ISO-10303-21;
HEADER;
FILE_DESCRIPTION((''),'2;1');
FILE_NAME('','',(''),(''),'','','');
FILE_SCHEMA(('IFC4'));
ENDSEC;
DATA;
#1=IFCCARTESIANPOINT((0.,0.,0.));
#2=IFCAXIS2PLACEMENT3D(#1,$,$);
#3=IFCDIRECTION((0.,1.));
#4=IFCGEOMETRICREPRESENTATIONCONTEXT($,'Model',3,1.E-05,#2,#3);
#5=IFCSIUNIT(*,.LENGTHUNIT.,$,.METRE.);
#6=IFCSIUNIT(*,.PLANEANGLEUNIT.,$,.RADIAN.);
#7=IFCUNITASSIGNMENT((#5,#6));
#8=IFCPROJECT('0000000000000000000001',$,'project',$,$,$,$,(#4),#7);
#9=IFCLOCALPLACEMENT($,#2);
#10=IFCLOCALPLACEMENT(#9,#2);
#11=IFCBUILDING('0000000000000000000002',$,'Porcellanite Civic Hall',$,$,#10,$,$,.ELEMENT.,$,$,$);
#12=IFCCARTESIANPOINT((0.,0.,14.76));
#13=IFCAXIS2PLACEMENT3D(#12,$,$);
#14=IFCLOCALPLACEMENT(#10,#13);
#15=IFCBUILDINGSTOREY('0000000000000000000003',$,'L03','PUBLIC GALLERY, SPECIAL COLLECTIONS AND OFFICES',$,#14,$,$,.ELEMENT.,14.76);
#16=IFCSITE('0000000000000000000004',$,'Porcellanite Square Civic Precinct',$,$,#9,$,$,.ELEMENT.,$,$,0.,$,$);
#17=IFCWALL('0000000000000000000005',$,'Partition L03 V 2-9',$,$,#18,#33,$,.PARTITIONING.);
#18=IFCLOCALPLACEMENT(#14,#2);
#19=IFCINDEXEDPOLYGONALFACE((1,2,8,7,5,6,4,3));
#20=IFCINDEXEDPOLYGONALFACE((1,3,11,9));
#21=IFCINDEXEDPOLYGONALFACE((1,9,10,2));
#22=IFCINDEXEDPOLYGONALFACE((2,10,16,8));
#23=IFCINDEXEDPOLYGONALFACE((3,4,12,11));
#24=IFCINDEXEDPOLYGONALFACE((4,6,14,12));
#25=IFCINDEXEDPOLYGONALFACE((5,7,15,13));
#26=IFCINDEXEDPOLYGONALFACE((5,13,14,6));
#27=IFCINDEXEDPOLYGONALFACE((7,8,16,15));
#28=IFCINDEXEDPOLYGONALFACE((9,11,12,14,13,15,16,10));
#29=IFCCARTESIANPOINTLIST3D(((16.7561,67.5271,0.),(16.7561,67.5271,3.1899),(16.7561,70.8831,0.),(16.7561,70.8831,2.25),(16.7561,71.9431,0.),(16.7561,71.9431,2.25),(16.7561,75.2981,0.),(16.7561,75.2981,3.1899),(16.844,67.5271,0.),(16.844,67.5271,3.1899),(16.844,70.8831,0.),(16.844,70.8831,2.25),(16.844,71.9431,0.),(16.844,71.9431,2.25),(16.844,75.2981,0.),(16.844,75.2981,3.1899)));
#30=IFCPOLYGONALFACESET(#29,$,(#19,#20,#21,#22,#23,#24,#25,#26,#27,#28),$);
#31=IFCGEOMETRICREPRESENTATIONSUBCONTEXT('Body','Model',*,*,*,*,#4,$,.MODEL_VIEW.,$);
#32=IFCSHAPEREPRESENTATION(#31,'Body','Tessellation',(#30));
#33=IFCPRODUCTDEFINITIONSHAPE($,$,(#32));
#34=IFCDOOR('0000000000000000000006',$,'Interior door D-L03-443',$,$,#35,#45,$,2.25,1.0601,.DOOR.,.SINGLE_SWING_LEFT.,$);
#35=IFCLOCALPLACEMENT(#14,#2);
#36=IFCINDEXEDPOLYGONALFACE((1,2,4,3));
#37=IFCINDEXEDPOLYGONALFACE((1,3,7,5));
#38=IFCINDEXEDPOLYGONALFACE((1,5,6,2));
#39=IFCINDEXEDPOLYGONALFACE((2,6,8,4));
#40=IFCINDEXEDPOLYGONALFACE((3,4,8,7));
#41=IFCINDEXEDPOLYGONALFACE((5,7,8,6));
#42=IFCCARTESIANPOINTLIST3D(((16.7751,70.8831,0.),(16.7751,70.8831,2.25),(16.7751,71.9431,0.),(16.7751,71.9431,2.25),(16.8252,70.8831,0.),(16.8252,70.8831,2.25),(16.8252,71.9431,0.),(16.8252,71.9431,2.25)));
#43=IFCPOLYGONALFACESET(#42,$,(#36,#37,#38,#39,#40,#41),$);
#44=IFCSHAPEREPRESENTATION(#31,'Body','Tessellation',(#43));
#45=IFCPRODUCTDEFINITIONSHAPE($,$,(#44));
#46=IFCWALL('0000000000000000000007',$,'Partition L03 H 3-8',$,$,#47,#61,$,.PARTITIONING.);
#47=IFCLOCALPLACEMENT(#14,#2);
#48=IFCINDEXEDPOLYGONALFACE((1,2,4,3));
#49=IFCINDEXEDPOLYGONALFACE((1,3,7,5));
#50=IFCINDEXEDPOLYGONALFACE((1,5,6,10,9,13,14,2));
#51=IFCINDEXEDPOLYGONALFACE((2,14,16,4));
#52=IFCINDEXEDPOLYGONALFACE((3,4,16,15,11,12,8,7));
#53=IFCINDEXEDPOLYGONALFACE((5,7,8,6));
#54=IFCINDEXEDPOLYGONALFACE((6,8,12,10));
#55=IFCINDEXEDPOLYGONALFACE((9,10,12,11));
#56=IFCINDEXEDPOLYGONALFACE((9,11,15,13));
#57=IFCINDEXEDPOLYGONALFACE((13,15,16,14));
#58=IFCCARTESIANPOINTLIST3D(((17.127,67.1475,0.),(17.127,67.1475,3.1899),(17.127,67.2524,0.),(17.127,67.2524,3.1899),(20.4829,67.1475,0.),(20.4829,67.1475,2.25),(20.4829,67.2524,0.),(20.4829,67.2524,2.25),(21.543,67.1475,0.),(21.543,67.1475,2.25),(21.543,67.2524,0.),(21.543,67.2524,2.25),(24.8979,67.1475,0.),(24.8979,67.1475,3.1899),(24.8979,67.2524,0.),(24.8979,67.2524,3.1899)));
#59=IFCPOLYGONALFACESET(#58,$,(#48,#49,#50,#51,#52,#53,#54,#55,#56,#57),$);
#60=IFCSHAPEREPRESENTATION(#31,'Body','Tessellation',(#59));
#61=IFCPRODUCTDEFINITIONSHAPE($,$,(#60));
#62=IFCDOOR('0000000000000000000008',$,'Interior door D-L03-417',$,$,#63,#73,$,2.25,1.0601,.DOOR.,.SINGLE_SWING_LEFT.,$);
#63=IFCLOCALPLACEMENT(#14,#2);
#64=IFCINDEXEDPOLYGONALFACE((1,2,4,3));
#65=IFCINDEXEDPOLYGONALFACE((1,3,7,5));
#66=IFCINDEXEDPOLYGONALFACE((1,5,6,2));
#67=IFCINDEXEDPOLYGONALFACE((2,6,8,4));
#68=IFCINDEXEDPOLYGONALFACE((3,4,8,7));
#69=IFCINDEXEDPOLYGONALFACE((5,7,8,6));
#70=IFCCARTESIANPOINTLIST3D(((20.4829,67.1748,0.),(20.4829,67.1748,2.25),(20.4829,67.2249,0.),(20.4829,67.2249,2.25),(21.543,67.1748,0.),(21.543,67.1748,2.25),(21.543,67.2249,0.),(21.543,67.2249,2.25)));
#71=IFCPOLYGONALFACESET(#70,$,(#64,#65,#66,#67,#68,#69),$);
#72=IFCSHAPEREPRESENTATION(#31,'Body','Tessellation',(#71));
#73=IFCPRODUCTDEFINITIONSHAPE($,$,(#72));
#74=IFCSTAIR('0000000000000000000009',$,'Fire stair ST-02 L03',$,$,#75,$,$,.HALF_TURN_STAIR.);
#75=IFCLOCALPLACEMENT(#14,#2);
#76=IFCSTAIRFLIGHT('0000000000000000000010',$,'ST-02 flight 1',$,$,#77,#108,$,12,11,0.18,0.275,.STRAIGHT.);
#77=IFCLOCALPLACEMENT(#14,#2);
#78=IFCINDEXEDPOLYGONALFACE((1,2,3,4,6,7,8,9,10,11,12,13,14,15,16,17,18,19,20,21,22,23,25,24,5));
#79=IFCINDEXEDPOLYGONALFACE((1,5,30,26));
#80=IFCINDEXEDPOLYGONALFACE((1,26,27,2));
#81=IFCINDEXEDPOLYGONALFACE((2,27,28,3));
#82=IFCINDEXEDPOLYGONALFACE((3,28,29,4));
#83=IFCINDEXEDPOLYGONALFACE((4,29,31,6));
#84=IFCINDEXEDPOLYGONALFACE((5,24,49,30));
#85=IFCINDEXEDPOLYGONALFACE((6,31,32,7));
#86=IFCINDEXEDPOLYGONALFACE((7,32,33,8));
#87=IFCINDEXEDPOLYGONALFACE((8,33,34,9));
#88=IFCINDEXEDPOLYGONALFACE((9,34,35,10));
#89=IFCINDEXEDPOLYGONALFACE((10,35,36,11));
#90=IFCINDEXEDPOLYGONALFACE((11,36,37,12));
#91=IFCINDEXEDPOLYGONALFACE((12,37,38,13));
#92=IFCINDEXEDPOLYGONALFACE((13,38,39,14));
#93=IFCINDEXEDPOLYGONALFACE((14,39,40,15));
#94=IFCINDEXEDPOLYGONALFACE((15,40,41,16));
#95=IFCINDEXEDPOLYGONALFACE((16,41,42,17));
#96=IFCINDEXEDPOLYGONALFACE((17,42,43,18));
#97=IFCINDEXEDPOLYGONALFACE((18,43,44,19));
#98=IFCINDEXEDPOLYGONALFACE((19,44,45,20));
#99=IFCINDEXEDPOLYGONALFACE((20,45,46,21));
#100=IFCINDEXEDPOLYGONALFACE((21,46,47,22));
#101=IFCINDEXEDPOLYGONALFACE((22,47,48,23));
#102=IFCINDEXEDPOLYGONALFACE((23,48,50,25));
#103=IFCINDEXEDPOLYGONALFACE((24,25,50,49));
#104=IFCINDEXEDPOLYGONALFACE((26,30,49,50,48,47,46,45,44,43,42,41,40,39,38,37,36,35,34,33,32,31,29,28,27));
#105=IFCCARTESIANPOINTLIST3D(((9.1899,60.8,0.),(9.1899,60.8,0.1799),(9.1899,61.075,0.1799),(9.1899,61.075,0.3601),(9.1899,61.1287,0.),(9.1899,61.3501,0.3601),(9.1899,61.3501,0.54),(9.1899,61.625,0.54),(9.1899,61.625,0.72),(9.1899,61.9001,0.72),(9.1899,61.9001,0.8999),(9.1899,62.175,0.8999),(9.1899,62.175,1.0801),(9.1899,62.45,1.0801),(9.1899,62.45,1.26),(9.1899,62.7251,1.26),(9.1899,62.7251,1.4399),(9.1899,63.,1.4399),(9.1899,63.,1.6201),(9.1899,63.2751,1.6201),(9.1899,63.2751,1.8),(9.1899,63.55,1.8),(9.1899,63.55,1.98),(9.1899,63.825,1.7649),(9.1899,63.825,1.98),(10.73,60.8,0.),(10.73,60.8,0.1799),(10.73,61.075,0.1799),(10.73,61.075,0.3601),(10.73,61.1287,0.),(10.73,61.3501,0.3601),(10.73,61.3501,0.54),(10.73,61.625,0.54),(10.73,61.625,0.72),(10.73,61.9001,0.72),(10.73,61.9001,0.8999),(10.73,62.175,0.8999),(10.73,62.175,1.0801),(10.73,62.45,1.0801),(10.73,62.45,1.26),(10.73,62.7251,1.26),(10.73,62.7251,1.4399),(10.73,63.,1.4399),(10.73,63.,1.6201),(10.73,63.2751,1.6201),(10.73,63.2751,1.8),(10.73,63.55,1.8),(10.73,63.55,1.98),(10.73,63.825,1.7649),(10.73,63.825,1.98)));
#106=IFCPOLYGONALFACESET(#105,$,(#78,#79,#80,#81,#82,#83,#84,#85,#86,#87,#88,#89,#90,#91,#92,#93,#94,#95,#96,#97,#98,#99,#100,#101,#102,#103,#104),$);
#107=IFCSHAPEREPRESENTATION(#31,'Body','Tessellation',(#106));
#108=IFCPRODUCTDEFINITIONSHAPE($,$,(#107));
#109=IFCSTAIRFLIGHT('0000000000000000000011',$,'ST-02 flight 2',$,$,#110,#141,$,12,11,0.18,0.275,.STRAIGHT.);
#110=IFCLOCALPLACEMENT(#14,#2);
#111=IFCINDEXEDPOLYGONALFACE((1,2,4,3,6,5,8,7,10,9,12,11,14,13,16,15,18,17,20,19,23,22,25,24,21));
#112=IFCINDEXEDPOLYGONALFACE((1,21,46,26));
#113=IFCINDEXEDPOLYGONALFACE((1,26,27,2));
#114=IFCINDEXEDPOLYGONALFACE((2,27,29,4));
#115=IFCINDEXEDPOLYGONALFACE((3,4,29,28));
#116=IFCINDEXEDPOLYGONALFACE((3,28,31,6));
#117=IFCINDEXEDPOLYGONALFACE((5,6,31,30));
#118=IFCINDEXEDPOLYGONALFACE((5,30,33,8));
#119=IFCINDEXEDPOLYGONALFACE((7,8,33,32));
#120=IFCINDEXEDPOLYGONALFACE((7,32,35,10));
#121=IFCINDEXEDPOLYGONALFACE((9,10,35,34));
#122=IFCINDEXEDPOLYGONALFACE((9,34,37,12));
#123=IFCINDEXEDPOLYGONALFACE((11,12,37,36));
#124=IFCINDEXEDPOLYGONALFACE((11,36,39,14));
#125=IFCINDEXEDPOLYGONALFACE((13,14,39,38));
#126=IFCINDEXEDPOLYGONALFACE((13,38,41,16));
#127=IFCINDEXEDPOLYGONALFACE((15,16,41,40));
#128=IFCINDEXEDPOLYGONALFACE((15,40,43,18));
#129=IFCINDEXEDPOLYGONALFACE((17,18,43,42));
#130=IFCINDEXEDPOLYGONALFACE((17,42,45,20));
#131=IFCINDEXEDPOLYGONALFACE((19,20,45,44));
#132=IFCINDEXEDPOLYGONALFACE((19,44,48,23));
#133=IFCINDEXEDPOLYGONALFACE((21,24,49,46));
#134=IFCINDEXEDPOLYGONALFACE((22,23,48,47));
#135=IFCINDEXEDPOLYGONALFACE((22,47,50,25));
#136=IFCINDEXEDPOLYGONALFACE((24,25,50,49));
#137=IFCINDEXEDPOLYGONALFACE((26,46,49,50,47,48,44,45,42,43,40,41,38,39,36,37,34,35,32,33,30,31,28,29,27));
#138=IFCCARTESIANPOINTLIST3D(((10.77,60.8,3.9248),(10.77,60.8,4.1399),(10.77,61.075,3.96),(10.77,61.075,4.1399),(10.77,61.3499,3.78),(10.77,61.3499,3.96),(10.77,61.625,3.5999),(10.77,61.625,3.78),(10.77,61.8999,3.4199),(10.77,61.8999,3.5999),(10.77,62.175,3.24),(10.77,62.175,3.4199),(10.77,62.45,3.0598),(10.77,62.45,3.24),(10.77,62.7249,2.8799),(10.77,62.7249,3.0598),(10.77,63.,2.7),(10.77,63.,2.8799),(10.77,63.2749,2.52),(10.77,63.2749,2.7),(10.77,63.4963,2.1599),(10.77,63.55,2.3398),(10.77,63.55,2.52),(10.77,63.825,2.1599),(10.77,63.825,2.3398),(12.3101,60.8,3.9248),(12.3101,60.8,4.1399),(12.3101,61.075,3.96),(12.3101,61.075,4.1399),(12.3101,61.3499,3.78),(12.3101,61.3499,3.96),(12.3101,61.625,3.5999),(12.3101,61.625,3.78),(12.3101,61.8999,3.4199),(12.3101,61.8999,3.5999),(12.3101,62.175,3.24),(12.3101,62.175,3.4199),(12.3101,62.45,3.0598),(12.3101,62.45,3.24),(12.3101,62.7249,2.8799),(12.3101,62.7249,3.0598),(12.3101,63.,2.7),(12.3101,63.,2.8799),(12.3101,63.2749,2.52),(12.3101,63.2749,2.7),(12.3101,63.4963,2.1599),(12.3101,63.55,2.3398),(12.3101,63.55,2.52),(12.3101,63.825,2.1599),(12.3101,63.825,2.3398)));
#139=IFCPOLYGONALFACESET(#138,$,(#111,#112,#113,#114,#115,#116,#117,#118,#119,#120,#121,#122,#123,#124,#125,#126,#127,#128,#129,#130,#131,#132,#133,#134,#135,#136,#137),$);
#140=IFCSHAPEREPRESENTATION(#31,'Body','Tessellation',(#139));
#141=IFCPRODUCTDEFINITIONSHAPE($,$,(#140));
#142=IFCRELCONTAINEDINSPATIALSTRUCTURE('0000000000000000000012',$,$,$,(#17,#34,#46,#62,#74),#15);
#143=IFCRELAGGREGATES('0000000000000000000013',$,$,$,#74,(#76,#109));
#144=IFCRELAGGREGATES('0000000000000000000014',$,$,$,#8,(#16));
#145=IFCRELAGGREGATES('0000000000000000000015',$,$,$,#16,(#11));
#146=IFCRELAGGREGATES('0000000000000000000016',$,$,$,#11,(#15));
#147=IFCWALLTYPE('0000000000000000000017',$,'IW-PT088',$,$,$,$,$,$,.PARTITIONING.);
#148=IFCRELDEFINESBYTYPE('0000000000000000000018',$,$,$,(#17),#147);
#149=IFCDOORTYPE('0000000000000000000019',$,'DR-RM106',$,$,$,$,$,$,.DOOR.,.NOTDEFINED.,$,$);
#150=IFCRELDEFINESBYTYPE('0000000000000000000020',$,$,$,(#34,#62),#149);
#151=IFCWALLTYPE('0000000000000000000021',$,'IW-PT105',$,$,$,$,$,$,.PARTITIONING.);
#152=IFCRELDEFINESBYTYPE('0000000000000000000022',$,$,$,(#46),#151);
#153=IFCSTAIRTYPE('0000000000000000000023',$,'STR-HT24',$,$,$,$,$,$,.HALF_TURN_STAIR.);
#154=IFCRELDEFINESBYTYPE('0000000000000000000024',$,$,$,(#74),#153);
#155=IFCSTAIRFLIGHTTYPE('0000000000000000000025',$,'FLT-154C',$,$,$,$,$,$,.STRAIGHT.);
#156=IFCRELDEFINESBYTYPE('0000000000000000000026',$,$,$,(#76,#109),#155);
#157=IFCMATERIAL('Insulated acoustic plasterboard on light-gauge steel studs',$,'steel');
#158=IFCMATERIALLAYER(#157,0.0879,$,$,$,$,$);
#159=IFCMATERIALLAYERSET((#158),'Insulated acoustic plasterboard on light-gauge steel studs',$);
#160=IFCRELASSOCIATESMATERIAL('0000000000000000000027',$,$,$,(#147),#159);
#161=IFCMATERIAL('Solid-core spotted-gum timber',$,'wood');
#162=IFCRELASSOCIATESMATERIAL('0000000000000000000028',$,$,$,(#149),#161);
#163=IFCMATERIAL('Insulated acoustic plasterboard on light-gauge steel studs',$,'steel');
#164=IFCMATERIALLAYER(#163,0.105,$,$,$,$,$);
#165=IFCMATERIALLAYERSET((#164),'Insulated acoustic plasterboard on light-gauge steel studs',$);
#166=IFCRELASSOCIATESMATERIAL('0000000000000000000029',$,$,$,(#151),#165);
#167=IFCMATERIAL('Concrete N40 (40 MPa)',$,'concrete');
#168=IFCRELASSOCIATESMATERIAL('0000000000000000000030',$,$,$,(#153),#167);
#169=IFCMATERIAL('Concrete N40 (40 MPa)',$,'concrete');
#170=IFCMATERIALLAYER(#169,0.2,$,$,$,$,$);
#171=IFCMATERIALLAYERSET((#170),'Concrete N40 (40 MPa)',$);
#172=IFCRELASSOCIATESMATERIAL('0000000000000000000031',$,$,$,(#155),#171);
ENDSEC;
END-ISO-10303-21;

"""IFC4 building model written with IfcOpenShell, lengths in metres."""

from ifc_helpers import new_model, si_unit, direction, frame, frame_2d, origin, place, context, subcontext, project, spatial, polyline, rectangle, outline, extrude, material, layer, layer_set, type_object, element, fill, aggregate, save


model = new_model("IFC4")

# Units and contexts
model_context = context("Model", 3, precision=1e-05, world=origin(), true_north=direction((0.0, 1.0)))
body_context = subcontext(model_context, "Body", "Model", "MODEL_VIEW")
ifc_project = project(units=[si_unit("LENGTHUNIT", "METRE"), si_unit("PLANEANGLEUNIT", "RADIAN")], contexts=[model_context])

# Site, building, storey
site_placement = place(None, origin())
site = spatial("IfcSite", under=ifc_project, at=site_placement, Name="Porcellanite Square Civic Precinct", CompositionType="ELEMENT", RefElevation=0.0)
building_placement = place(site_placement, origin())
building = spatial("IfcBuilding", under=site, at=building_placement, Name="Porcellanite Civic Hall", CompositionType="ELEMENT")
storey_placement = place(building_placement, frame((0.0, 0.0, 14.76)))
storey = spatial("IfcBuildingStorey", under=building, at=storey_placement, Name="L03", Description="PUBLIC GALLERY, SPECIAL COLLECTIONS AND OFFICES", CompositionType="ELEMENT", Elevation=14.76)

# Shared definitions
ifc_material_1 = material(Name="Insulated acoustic plasterboard on light-gauge steel studs", Category="steel")
ifc_layer_1 = layer(ifc_material_1, 0.0879)
ifc_layer_set_1 = layer_set([ifc_layer_1], Name="Insulated acoustic plasterboard on light-gauge steel studs")
wall_type_1 = type_object("IfcWallType", Name="IW-PT088", PredefinedType="PARTITIONING", material=ifc_layer_set_1)

# Walls, openings, doors
wall_1_placement = place(storey_placement, frame((16.8, 67.5271, 0.0), z_axis=(0.0, 0.0, 1.0), x_axis=(0.0, 1.0, 0.0)))
wall_1 = element("IfcWall", 1, at=wall_1_placement, inside=storey, type_object=wall_type_1, Name="Partition L03 V 2-9", PredefinedType="PARTITIONING", context=body_context, shape_type="SweptSolid", body=[
    extrude(rectangle(XDim=7.771, YDim=0.0879, at=frame_2d((3.8855, 0.0))), origin(), (0.0, 0.0, 1.0), 3.1899),
])
opening_1_placement = place(wall_1_placement, frame((3.356, 0.0, 0.0)))
opening_1 = element("IfcOpeningElement", 2, at=opening_1_placement, cuts=wall_1, PredefinedType="OPENING", context=body_context, shape_type="SweptSolid", body=[
    extrude(rectangle(XDim=1.0601, YDim=2.25, at=frame_2d((0.53, 1.125))), frame((0.0, 0.0439, 0.0), z_axis=(0.0, -1.0, 0.0), x_axis=(1.0, 0.0, 0.0)), (0.0, 0.0, 1.0), 0.0879),
])
ifc_material_2 = material(Name="Solid-core spotted-gum timber", Category="wood")
door_type_1 = type_object("IfcDoorType", Name="DR-RM106", OperationType="NOTDEFINED", PredefinedType="DOOR", material=ifc_material_2)
door_1_placement = place(opening_1_placement, origin())
door_1 = element("IfcDoor", 3, at=door_1_placement, inside=storey, type_object=door_type_1, Name="Interior door D-L03-443", OperationType="SINGLE_SWING_LEFT", OverallHeight=2.25, OverallWidth=1.0601, PredefinedType="DOOR", context=body_context, shape_type="SweptSolid", body=[
    extrude(rectangle(XDim=1.0601, YDim=2.25, at=frame_2d((0.53, 1.125))), frame((0.0, 0.0249, 0.0), z_axis=(0.0, -1.0, 0.0), x_axis=(1.0, 0.0, 0.0)), (0.0, 0.0, 1.0), 0.05),
])
fill(opening_1, door_1)
ifc_material_3 = material(Name="Insulated acoustic plasterboard on light-gauge steel studs", Category="steel")
ifc_layer_2 = layer(ifc_material_3, 0.105)
ifc_layer_set_2 = layer_set([ifc_layer_2], Name="Insulated acoustic plasterboard on light-gauge steel studs")
wall_type_2 = type_object("IfcWallType", Name="IW-PT105", PredefinedType="PARTITIONING", material=ifc_layer_set_2)
wall_2_placement = place(storey_placement, frame((17.127, 67.2, 0.0), z_axis=(0.0, 0.0, 1.0), x_axis=(1.0, 0.0, 0.0)))
wall_2 = element("IfcWall", 4, at=wall_2_placement, inside=storey, type_object=wall_type_2, Name="Partition L03 H 3-8", PredefinedType="PARTITIONING", context=body_context, shape_type="SweptSolid", body=[
    extrude(rectangle(XDim=7.771, YDim=0.105, at=frame_2d((3.8855, 0.0))), origin(), (0.0, 0.0, 1.0), 3.1899),
])
opening_2_placement = place(wall_2_placement, frame((3.356, 0.0, 0.0)))
opening_2 = element("IfcOpeningElement", 5, at=opening_2_placement, cuts=wall_2, PredefinedType="OPENING", context=body_context, shape_type="SweptSolid", body=[
    extrude(rectangle(XDim=1.0601, YDim=2.25, at=frame_2d((0.53, 1.125))), frame((0.0, 0.0525, 0.0), z_axis=(0.0, -1.0, 0.0), x_axis=(1.0, 0.0, 0.0)), (0.0, 0.0, 1.0), 0.105),
])
door_2_placement = place(opening_2_placement, origin())
door_2 = element("IfcDoor", 6, at=door_2_placement, inside=storey, type_object=door_type_1, Name="Interior door D-L03-417", OperationType="SINGLE_SWING_LEFT", OverallHeight=2.25, OverallWidth=1.0601, PredefinedType="DOOR", context=body_context, shape_type="SweptSolid", body=[
    extrude(rectangle(XDim=1.0601, YDim=2.25, at=frame_2d((0.53, 1.125))), frame((0.0, 0.0249, 0.0), z_axis=(0.0, -1.0, 0.0), x_axis=(1.0, 0.0, 0.0)), (0.0, 0.0, 1.0), 0.05),
])
fill(opening_2, door_2)

# Stair, stair flights
ifc_material_4 = material(Name="Concrete N40 (40 MPa)", Category="concrete")
stair_type = type_object("IfcStairType", Name="STR-HT24", PredefinedType="HALF_TURN_STAIR", material=ifc_material_4)
stair_placement = place(storey_placement, origin())
stair = element("IfcStair", 7, at=stair_placement, inside=storey, type_object=stair_type, Name="Fire stair ST-02 L03", PredefinedType="HALF_TURN_STAIR")
ifc_material_5 = material(Name="Concrete N40 (40 MPa)", Category="concrete")
ifc_layer_3 = layer(ifc_material_5, 0.2)
ifc_layer_set_3 = layer_set([ifc_layer_3], Name="Concrete N40 (40 MPa)")
stair_flight_type = type_object("IfcStairFlightType", Name="FLT-154C", PredefinedType="STRAIGHT", material=ifc_layer_set_3)
stair_flight_1_placement = place(storey_placement, frame((9.96, 60.8, 0.0), z_axis=(0.0, 0.0, 1.0), x_axis=(0.0, 1.0, 0.0)))
stair_flight_1 = element("IfcStairFlight", 8, at=stair_flight_1_placement, type_object=stair_flight_type, Name="ST-02 flight 1", NumberOfRisers=12, NumberOfTreads=11, PredefinedType="STRAIGHT", RiserHeight=0.18, TreadLength=0.275, context=body_context, shape_type="SweptSolid", body=[
    extrude(outline(polyline([(0.0, 0.0), (0.0, 0.1799), (0.2749, 0.1799), (0.2749, 0.3601), (0.55, 0.3601), (0.55, 0.54), (0.825, 0.54), (0.825, 0.72), (1.1001, 0.72), (1.1001, 0.8999), (1.375, 0.8999), (1.375, 1.0801), (1.6499, 1.0801), (1.6499, 1.26), (1.925, 1.26), (1.925, 1.4399), (2.2, 1.4399), (2.2, 1.6201), (2.4751, 1.6201), (2.4751, 1.8), (2.75, 1.8), (2.75, 1.98), (3.0249, 1.98), (3.0249, 2.1599), (3.0249, 1.7649), (0.3286, 0.0), (0.0, 0.0)])), frame((0.0, 0.77, 0.0), z_axis=(0.0, -1.0, 0.0), x_axis=(1.0, 0.0, 0.0)), (0.0, 0.0, 1.0), 1.54),
])
stair_flight_2_placement = place(storey_placement, frame((11.54, 63.825, 2.1599), z_axis=(0.0, 0.0, 1.0), x_axis=(0.0, -1.0, 0.0)))
stair_flight_2 = element("IfcStairFlight", 9, at=stair_flight_2_placement, type_object=stair_flight_type, Name="ST-02 flight 2", NumberOfRisers=12, NumberOfTreads=11, PredefinedType="STRAIGHT", RiserHeight=0.18, TreadLength=0.275, context=body_context, shape_type="SweptSolid", body=[
    extrude(outline(polyline([(0.0, 0.0), (0.0, 0.1799), (0.2749, 0.1799), (0.2749, 0.3601), (0.55, 0.3601), (0.55, 0.54), (0.825, 0.54), (0.825, 0.72), (1.1001, 0.72), (1.1001, 0.8999), (1.375, 0.8999), (1.375, 1.0801), (1.6499, 1.0801), (1.6499, 1.26), (1.925, 1.26), (1.925, 1.4399), (2.2, 1.4399), (2.2, 1.6201), (2.4751, 1.6201), (2.4751, 1.8), (2.75, 1.8), (2.75, 1.98), (3.0249, 1.98), (3.0249, 2.1599), (3.0249, 1.7649), (0.3286, 0.0), (0.0, 0.0)])), frame((0.0, 0.77, 0.0), z_axis=(0.0, -1.0, 0.0), x_axis=(1.0, 0.0, 0.0)), (0.0, 0.0, 1.0), 1.54),
])
aggregate(stair, [stair_flight_1, stair_flight_2])

save(model, "model.ifc")
